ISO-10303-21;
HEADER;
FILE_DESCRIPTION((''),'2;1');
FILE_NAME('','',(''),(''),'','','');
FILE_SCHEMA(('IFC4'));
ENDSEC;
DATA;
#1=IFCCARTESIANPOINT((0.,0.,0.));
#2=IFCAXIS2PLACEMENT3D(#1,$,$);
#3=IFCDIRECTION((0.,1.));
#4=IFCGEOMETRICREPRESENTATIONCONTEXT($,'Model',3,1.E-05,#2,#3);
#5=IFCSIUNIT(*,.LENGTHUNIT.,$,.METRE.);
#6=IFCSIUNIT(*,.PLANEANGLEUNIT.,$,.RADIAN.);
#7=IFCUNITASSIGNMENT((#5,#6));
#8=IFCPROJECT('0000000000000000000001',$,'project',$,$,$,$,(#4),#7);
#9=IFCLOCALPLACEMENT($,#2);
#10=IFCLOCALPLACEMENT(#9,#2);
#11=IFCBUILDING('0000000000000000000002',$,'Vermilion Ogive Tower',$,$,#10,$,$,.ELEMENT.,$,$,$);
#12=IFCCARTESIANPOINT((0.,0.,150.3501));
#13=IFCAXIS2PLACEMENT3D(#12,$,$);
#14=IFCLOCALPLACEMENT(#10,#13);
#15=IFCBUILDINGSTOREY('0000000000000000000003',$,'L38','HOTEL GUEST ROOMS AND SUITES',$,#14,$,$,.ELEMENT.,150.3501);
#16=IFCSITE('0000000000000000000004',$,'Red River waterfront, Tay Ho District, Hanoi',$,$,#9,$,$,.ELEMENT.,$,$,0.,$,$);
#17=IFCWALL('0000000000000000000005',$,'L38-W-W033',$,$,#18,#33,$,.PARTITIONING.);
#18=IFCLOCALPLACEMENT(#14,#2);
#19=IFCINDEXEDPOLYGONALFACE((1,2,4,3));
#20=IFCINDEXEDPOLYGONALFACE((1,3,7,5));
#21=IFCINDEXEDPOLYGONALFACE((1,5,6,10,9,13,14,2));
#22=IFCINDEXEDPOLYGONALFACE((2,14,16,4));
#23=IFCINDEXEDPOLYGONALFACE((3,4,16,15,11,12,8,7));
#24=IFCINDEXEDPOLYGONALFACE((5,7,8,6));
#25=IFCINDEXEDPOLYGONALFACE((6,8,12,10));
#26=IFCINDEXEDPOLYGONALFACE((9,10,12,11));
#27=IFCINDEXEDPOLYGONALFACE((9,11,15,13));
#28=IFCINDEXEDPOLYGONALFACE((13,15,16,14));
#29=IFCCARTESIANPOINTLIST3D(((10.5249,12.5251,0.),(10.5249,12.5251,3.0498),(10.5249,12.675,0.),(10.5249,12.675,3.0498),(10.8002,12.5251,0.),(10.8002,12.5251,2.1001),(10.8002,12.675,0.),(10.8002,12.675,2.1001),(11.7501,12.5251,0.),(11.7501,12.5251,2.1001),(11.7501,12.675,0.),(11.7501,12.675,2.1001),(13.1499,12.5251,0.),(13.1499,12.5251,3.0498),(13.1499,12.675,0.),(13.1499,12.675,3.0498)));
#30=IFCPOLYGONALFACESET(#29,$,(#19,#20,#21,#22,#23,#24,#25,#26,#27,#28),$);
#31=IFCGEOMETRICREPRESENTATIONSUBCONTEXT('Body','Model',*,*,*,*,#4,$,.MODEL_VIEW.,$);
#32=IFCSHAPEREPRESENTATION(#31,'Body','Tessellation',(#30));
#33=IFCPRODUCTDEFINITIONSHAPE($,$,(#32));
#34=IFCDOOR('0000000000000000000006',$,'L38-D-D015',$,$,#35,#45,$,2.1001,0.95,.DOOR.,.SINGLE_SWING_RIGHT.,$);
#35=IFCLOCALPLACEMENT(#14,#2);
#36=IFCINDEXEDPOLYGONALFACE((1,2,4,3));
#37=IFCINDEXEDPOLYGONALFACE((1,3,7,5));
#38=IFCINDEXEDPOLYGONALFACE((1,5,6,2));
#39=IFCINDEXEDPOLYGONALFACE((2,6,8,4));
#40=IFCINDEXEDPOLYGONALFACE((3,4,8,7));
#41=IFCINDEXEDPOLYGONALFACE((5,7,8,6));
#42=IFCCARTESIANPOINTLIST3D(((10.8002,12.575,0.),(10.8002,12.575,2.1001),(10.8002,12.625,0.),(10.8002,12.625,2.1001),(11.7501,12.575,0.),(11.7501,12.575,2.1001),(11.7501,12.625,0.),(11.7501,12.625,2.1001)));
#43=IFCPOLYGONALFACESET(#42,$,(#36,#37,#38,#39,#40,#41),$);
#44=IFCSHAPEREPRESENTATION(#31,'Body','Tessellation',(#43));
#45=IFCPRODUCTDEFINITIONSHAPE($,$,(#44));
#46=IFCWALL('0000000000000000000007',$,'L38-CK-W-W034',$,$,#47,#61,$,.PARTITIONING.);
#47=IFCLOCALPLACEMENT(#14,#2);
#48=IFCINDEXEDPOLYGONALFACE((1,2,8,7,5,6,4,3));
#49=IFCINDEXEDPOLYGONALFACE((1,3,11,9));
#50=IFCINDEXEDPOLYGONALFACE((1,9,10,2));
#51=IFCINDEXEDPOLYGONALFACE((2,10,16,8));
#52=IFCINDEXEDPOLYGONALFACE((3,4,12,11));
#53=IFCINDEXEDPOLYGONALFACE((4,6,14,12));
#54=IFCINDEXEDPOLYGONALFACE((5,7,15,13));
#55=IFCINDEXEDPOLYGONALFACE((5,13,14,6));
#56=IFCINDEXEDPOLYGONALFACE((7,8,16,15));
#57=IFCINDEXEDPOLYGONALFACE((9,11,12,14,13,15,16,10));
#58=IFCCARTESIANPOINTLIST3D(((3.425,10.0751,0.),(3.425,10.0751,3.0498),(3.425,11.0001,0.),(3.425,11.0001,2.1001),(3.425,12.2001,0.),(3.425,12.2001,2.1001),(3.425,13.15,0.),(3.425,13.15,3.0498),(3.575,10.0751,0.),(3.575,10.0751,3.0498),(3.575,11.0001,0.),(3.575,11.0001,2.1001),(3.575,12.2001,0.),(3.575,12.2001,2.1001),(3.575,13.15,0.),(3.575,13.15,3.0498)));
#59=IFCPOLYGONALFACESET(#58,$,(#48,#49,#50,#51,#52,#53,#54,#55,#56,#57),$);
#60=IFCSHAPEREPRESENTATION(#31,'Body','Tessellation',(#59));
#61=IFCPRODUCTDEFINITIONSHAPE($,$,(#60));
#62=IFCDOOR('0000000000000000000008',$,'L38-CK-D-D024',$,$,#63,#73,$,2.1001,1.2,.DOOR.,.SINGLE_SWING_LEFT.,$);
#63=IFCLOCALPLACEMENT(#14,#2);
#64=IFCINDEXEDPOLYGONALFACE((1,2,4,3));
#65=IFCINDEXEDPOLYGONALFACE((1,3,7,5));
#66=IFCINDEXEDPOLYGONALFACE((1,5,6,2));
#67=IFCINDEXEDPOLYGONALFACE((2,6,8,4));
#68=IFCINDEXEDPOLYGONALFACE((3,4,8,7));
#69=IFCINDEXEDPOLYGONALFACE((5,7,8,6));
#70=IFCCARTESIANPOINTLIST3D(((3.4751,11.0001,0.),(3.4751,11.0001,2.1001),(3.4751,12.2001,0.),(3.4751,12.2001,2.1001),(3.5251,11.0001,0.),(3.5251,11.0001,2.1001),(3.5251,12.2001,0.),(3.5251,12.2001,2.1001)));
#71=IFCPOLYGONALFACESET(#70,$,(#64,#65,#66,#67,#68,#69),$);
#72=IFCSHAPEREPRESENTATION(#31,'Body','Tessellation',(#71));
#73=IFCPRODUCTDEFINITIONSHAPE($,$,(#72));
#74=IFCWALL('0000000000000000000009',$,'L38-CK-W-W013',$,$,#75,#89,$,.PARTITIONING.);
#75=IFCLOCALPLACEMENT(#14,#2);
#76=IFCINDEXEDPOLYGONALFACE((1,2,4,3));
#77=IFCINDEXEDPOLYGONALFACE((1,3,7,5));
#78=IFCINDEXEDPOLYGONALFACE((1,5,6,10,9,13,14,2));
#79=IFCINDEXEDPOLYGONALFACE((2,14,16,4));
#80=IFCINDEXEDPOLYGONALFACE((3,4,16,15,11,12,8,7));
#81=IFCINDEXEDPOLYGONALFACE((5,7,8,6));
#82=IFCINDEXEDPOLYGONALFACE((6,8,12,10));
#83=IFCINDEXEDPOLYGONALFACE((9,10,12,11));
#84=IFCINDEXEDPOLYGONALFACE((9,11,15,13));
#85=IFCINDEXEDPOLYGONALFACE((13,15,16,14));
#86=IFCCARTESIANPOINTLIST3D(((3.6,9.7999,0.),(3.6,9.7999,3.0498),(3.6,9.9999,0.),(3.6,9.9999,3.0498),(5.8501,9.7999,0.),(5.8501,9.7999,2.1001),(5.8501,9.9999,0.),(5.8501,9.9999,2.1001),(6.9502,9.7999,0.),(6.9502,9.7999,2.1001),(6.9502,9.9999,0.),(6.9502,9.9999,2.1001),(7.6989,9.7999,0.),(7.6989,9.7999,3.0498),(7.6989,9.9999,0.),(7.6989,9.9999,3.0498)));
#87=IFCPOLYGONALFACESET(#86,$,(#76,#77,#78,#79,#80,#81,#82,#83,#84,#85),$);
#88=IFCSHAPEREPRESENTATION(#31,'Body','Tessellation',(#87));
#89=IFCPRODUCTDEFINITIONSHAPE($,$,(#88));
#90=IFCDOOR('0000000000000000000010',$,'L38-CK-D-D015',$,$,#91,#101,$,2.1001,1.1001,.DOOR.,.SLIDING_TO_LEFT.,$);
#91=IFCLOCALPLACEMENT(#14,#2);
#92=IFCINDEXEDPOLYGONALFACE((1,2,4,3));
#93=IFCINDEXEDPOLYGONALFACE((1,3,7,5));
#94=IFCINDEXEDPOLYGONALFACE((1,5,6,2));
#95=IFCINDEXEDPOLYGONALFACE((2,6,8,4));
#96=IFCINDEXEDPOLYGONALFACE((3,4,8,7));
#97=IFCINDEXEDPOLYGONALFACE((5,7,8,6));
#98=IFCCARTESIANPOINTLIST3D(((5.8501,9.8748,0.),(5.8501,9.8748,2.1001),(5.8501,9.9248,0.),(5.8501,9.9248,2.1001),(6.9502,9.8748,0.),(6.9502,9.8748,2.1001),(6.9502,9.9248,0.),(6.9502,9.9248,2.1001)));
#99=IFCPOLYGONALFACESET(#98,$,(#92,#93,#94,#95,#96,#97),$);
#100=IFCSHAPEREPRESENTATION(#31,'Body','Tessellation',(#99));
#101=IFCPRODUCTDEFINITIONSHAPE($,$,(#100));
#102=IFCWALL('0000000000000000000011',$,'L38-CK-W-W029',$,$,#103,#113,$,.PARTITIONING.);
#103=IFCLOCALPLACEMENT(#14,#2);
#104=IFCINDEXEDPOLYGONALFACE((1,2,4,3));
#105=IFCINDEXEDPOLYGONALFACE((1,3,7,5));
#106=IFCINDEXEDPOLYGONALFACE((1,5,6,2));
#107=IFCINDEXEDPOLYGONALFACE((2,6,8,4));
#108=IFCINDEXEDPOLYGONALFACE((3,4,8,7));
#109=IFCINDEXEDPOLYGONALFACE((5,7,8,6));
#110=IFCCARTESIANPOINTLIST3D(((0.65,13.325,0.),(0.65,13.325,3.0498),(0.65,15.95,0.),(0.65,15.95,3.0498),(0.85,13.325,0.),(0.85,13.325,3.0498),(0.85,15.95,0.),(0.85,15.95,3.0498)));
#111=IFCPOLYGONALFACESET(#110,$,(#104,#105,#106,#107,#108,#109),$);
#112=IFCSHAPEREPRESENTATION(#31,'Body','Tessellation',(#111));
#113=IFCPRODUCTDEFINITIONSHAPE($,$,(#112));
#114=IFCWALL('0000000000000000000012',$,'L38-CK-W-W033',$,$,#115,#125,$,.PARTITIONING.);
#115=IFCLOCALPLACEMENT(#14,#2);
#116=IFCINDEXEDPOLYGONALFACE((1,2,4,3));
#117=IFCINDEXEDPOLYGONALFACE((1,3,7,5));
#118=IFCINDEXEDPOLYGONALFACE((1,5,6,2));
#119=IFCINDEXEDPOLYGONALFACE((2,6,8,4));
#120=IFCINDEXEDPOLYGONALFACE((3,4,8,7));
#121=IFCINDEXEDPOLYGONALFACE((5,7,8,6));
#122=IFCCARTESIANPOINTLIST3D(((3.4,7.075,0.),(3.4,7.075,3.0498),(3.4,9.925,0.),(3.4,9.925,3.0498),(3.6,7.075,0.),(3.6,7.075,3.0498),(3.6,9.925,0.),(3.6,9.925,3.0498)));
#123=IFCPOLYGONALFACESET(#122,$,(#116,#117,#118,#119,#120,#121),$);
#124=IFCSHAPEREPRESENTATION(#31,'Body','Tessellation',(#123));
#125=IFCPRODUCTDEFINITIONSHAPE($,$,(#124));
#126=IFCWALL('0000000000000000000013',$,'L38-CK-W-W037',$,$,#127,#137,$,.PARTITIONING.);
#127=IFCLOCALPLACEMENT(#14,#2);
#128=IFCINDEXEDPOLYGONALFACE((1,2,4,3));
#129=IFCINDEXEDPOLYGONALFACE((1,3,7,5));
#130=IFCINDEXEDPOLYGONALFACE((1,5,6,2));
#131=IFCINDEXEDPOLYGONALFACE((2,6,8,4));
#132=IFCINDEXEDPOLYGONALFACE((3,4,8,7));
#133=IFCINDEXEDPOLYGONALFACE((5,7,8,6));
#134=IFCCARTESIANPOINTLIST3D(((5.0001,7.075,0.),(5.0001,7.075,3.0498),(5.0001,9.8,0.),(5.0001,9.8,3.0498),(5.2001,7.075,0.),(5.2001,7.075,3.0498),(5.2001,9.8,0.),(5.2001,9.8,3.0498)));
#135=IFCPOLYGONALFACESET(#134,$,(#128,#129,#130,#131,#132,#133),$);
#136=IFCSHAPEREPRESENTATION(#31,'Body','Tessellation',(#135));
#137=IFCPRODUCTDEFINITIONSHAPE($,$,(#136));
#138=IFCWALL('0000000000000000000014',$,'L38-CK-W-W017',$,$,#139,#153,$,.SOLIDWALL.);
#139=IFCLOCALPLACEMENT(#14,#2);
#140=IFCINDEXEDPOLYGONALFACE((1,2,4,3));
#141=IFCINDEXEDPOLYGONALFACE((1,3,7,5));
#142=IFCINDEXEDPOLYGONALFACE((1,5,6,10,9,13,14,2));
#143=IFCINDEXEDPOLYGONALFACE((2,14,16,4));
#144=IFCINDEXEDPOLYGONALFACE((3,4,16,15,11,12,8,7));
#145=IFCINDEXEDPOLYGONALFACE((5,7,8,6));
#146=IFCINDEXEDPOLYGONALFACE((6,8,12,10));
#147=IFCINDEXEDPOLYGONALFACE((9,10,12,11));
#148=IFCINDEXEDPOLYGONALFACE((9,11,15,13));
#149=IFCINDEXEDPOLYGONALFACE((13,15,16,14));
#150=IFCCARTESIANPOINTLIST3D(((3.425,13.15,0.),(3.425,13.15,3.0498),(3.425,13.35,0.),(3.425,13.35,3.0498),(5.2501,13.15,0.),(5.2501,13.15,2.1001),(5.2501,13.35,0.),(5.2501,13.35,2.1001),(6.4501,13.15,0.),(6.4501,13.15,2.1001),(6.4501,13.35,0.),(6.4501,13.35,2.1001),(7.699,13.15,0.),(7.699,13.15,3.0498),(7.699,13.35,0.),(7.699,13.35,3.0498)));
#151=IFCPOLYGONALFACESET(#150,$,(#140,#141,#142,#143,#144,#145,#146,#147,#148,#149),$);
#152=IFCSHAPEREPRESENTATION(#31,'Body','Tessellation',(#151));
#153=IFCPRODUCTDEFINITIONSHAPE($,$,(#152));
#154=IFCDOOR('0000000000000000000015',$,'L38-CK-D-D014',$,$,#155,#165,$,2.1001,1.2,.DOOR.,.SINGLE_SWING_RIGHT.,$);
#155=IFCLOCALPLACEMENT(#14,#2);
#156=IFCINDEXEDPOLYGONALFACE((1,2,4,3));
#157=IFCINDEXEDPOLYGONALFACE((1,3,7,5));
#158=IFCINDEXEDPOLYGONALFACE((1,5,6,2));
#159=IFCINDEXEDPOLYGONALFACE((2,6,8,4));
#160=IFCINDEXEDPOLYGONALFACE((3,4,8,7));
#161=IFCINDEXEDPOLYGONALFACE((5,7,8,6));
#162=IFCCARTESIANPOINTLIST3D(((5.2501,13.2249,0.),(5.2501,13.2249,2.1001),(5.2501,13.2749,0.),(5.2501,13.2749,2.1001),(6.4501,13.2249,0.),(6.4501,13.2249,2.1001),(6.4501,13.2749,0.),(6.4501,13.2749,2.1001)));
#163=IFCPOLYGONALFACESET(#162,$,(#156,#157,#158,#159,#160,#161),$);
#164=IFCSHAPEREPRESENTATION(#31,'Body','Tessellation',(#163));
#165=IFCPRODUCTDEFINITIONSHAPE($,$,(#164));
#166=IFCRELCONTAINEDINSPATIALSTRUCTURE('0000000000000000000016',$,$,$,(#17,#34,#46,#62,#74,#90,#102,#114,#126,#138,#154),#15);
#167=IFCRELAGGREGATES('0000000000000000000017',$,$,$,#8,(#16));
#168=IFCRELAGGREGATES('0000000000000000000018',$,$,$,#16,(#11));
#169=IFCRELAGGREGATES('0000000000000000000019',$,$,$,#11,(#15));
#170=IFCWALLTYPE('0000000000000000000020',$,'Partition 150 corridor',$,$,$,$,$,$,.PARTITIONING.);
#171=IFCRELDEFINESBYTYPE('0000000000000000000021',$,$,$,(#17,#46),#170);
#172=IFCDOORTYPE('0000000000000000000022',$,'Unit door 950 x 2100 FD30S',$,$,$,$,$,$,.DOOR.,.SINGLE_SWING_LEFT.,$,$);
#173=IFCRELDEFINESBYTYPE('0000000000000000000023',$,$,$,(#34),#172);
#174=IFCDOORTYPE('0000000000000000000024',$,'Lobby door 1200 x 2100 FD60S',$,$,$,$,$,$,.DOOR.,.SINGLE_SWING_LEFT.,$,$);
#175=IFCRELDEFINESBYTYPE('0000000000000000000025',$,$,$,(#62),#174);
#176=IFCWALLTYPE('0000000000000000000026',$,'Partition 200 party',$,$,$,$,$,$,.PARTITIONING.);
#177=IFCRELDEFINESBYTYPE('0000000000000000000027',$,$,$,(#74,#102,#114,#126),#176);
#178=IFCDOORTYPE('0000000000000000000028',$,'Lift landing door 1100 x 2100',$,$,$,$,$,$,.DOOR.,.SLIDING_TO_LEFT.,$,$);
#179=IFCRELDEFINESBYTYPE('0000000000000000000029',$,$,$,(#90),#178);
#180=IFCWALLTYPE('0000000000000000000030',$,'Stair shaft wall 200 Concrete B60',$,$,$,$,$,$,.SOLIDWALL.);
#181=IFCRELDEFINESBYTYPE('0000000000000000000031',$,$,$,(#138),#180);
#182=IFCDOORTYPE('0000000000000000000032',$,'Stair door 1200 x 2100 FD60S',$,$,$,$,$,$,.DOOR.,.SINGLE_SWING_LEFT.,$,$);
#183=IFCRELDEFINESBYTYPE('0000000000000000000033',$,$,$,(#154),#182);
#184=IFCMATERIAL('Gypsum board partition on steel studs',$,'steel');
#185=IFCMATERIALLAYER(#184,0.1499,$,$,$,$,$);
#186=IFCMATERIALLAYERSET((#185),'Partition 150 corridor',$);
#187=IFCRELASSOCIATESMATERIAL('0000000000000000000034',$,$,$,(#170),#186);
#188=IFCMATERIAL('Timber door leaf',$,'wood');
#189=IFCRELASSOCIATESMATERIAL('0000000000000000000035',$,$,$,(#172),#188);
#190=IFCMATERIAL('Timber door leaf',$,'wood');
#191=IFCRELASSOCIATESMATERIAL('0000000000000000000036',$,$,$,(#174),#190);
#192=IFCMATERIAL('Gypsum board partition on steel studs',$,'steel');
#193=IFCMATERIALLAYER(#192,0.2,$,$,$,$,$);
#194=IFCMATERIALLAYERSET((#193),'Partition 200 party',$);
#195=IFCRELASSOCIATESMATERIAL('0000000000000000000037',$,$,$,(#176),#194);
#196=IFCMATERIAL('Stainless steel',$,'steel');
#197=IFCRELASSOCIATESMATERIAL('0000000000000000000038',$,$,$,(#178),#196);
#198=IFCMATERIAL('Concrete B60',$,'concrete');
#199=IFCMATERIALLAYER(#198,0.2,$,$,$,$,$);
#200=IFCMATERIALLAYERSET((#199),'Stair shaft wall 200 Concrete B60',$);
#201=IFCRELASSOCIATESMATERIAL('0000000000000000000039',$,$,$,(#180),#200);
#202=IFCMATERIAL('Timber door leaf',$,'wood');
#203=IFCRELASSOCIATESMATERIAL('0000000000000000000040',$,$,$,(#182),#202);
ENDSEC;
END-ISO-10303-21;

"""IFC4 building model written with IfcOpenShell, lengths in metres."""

from ifc_helpers import new_model, si_unit, direction, frame, frame_2d, origin, place, context, subcontext, project, spatial, rectangle, extrude, material, layer, layer_set, type_object, element, fill, save


model = new_model("IFC4")

# Units and contexts
model_context = context("Model", 3, precision=1e-05, world=origin(), true_north=direction((0.0, 1.0)))
body_context = subcontext(model_context, "Body", "Model", "MODEL_VIEW")
ifc_project = project(units=[si_unit("LENGTHUNIT", "METRE"), si_unit("PLANEANGLEUNIT", "RADIAN")], contexts=[model_context])

# Site, building, storey
site_placement = place(None, origin())
site = spatial("IfcSite", under=ifc_project, at=site_placement, Name="Red River waterfront, Tay Ho District, Hanoi", CompositionType="ELEMENT", RefElevation=0.0)
building_placement = place(site_placement, origin())
building = spatial("IfcBuilding", under=site, at=building_placement, Name="Vermilion Ogive Tower", CompositionType="ELEMENT")
storey_placement = place(building_placement, frame((0.0, 0.0, 150.3501)))
storey = spatial("IfcBuildingStorey", under=building, at=storey_placement, Name="L38", Description="HOTEL GUEST ROOMS AND SUITES", CompositionType="ELEMENT", Elevation=150.3501)

# Walls, openings, doors
ifc_material_1 = material(Name="Gypsum board partition on steel studs", Category="steel")
ifc_layer_1 = layer(ifc_material_1, 0.1499)
ifc_layer_set_1 = layer_set([ifc_layer_1], Name="Partition 150 corridor")
wall_type_1 = type_object("IfcWallType", Name="Partition 150 corridor", PredefinedType="PARTITIONING", material=ifc_layer_set_1)
wall_1_placement = place(storey_placement, frame((10.5249, 12.6001, 0.0), z_axis=(0.0, 0.0, 1.0), x_axis=(1.0, 0.0, 0.0)))
wall_1 = element("IfcWall", 1, at=wall_1_placement, inside=storey, type_object=wall_type_1, Name="L38-W-W033", PredefinedType="PARTITIONING", context=body_context, shape_type="SweptSolid", body=[
    extrude(rectangle(XDim=2.625, YDim=0.1499, at=frame_2d((1.3125, 0.0))), origin(), (0.0, 0.0, 1.0), 3.0498),
])
opening_1_placement = place(wall_1_placement, frame((0.2751, 0.0, 0.0)))
opening_1 = element("IfcOpeningElement", 2, at=opening_1_placement, cuts=wall_1, PredefinedType="OPENING", context=body_context, shape_type="SweptSolid", body=[
    extrude(rectangle(XDim=0.95, YDim=2.1001, at=frame_2d((0.4751, 1.05))), frame((0.0, 0.085, 0.0), z_axis=(0.0, -1.0, 0.0), x_axis=(1.0, 0.0, 0.0)), (0.0, 0.0, 1.0), 0.1699),
])
ifc_material_2 = material(Name="Timber door leaf", Category="wood")
door_type_1 = type_object("IfcDoorType", Name="Unit door 950 x 2100 FD30S", OperationType="SINGLE_SWING_LEFT", PredefinedType="DOOR", material=ifc_material_2)
door_1_placement = place(opening_1_placement, origin())
door_1 = element("IfcDoor", 3, at=door_1_placement, inside=storey, type_object=door_type_1, Name="L38-D-D015", OperationType="SINGLE_SWING_RIGHT", OverallHeight=2.1001, OverallWidth=0.95, PredefinedType="DOOR", context=body_context, shape_type="SweptSolid", body=[
    extrude(rectangle(XDim=0.95, YDim=2.1001, at=frame_2d((0.4751, 1.05))), frame((0.0, 0.0249, 0.0), z_axis=(0.0, -1.0, 0.0), x_axis=(1.0, 0.0, 0.0)), (0.0, 0.0, 1.0), 0.05),
])
fill(opening_1, door_1)
wall_2_placement = place(storey_placement, frame((3.5, 10.075, 0.0), z_axis=(0.0, 0.0, 1.0), x_axis=(0.0, 1.0, 0.0)))
wall_2 = element("IfcWall", 4, at=wall_2_placement, inside=storey, type_object=wall_type_1, Name="L38-CK-W-W034", PredefinedType="PARTITIONING", context=body_context, shape_type="SweptSolid", body=[
    extrude(rectangle(XDim=3.075, YDim=0.1499, at=frame_2d((1.5376, 0.0))), origin(), (0.0, 0.0, 1.0), 3.0498),
])
opening_2_placement = place(wall_2_placement, frame((0.925, 0.0, 0.0)))
opening_2 = element("IfcOpeningElement", 5, at=opening_2_placement, cuts=wall_2, PredefinedType="OPENING", context=body_context, shape_type="SweptSolid", body=[
    extrude(rectangle(XDim=1.2, YDim=2.1001, at=frame_2d((0.6001, 1.05))), frame((0.0, 0.085, 0.0), z_axis=(0.0, -1.0, 0.0), x_axis=(1.0, 0.0, 0.0)), (0.0, 0.0, 1.0), 0.1699),
])
ifc_material_3 = material(Name="Timber door leaf", Category="wood")
door_type_2 = type_object("IfcDoorType", Name="Lobby door 1200 x 2100 FD60S", OperationType="SINGLE_SWING_LEFT", PredefinedType="DOOR", material=ifc_material_3)
door_2_placement = place(opening_2_placement, origin())
door_2 = element("IfcDoor", 6, at=door_2_placement, inside=storey, type_object=door_type_2, Name="L38-CK-D-D024", OperationType="SINGLE_SWING_LEFT", OverallHeight=2.1001, OverallWidth=1.2, PredefinedType="DOOR", context=body_context, shape_type="SweptSolid", body=[
    extrude(rectangle(XDim=1.2, YDim=2.1001, at=frame_2d((0.6001, 1.05))), frame((0.0, 0.0249, 0.0), z_axis=(0.0, -1.0, 0.0), x_axis=(1.0, 0.0, 0.0)), (0.0, 0.0, 1.0), 0.05),
])
fill(opening_2, door_2)
ifc_material_4 = material(Name="Gypsum board partition on steel studs", Category="steel")
ifc_layer_2 = layer(ifc_material_4, 0.2)
ifc_layer_set_2 = layer_set([ifc_layer_2], Name="Partition 200 party")
wall_type_2 = type_object("IfcWallType", Name="Partition 200 party", PredefinedType="PARTITIONING", material=ifc_layer_set_2)
wall_3_placement = place(storey_placement, frame((3.6001, 9.8999, 0.0), z_axis=(0.0, 0.0, 1.0), x_axis=(1.0, 0.0, 0.0)))
wall_3 = element("IfcWall", 7, at=wall_3_placement, inside=storey, type_object=wall_type_2, Name="L38-CK-W-W013", PredefinedType="PARTITIONING", context=body_context, shape_type="SweptSolid", body=[
    extrude(rectangle(XDim=4.0989, YDim=0.2, at=frame_2d((2.0493, 0.0))), origin(), (0.0, 0.0, 1.0), 3.0498),
])
opening_3_placement = place(wall_3_placement, frame((2.25, 0.0, 0.0)))
opening_3 = element("IfcOpeningElement", 8, at=opening_3_placement, cuts=wall_3, PredefinedType="OPENING", context=body_context, shape_type="SweptSolid", body=[
    extrude(rectangle(XDim=1.1001, YDim=2.1001, at=frame_2d((0.55, 1.05))), frame((0.0, 0.1099, 0.0), z_axis=(0.0, -1.0, 0.0), x_axis=(1.0, 0.0, 0.0)), (0.0, 0.0, 1.0), 0.22),
])
ifc_material_5 = material(Name="Stainless steel", Category="steel")
door_type_3 = type_object("IfcDoorType", Name="Lift landing door 1100 x 2100", OperationType="SLIDING_TO_LEFT", PredefinedType="DOOR", material=ifc_material_5)
door_3_placement = place(opening_3_placement, origin())
door_3 = element("IfcDoor", 9, at=door_3_placement, inside=storey, type_object=door_type_3, Name="L38-CK-D-D015", OperationType="SLIDING_TO_LEFT", OverallHeight=2.1001, OverallWidth=1.1001, PredefinedType="DOOR", context=body_context, shape_type="SweptSolid", body=[
    extrude(rectangle(XDim=1.1001, YDim=2.1001, at=frame_2d((0.55, 1.05))), frame((0.0, 0.0249, 0.0), z_axis=(0.0, -1.0, 0.0), x_axis=(1.0, 0.0, 0.0)), (0.0, 0.0, 1.0), 0.05),
])
fill(opening_3, door_3)

# Walls
wall_4_placement = place(storey_placement, frame((0.75, 13.325, 0.0), z_axis=(0.0, 0.0, 1.0), x_axis=(0.0, 1.0, 0.0)))
element("IfcWall", 10, at=wall_4_placement, inside=storey, type_object=wall_type_2, Name="L38-CK-W-W029", PredefinedType="PARTITIONING", context=body_context, shape_type="SweptSolid", body=[
    extrude(rectangle(XDim=2.625, YDim=0.2, at=frame_2d((1.3125, 0.0))), origin(), (0.0, 0.0, 1.0), 3.0498),
])
wall_5_placement = place(storey_placement, frame((3.5, 7.075, 0.0), z_axis=(0.0, 0.0, 1.0), x_axis=(0.0, 1.0, 0.0)))
element("IfcWall", 11, at=wall_5_placement, inside=storey, type_object=wall_type_2, Name="L38-CK-W-W033", PredefinedType="PARTITIONING", context=body_context, shape_type="SweptSolid", body=[
    extrude(rectangle(XDim=2.8501, YDim=0.2, at=frame_2d((1.425, 0.0))), origin(), (0.0, 0.0, 1.0), 3.0498),
])
wall_6_placement = place(storey_placement, frame((5.1001, 7.075, 0.0), z_axis=(0.0, 0.0, 1.0), x_axis=(0.0, 1.0, 0.0)))
element("IfcWall", 12, at=wall_6_placement, inside=storey, type_object=wall_type_2, Name="L38-CK-W-W037", PredefinedType="PARTITIONING", context=body_context, shape_type="SweptSolid", body=[
    extrude(rectangle(XDim=2.7251, YDim=0.2, at=frame_2d((1.3625, 0.0))), origin(), (0.0, 0.0, 1.0), 3.0498),
])

# Wall, opening, door
ifc_material_6 = material(Name="Concrete B60", Category="concrete")
ifc_layer_3 = layer(ifc_material_6, 0.2)
ifc_layer_set_3 = layer_set([ifc_layer_3], Name="Stair shaft wall 200 Concrete B60")
wall_type_3 = type_object("IfcWallType", Name="Stair shaft wall 200 Concrete B60", PredefinedType="SOLIDWALL", material=ifc_layer_set_3)
wall_7_placement = place(storey_placement, frame((3.425, 13.25, 0.0), z_axis=(0.0, 0.0, 1.0), x_axis=(1.0, 0.0, 0.0)))
wall_7 = element("IfcWall", 13, at=wall_7_placement, inside=storey, type_object=wall_type_3, Name="L38-CK-W-W017", PredefinedType="SOLIDWALL", context=body_context, shape_type="SweptSolid", body=[
    extrude(rectangle(XDim=4.2739, YDim=0.2, at=frame_2d((2.137, 0.0))), origin(), (0.0, 0.0, 1.0), 3.0498),
])
opening_4_placement = place(wall_7_placement, frame((1.825, 0.0, 0.0)))
opening_4 = element("IfcOpeningElement", 14, at=opening_4_placement, cuts=wall_7, PredefinedType="OPENING", context=body_context, shape_type="SweptSolid", body=[
    extrude(rectangle(XDim=1.2, YDim=2.1001, at=frame_2d((0.6001, 1.05))), frame((0.0, 0.1099, 0.0), z_axis=(0.0, -1.0, 0.0), x_axis=(1.0, 0.0, 0.0)), (0.0, 0.0, 1.0), 0.22),
])
ifc_material_7 = material(Name="Timber door leaf", Category="wood")
door_type_4 = type_object("IfcDoorType", Name="Stair door 1200 x 2100 FD60S", OperationType="SINGLE_SWING_LEFT", PredefinedType="DOOR", material=ifc_material_7)
door_4_placement = place(opening_4_placement, origin())
door_4 = element("IfcDoor", 15, at=door_4_placement, inside=storey, type_object=door_type_4, Name="L38-CK-D-D014", OperationType="SINGLE_SWING_RIGHT", OverallHeight=2.1001, OverallWidth=1.2, PredefinedType="DOOR", context=body_context, shape_type="SweptSolid", body=[
    extrude(rectangle(XDim=1.2, YDim=2.1001, at=frame_2d((0.6001, 1.05))), frame((0.0, 0.0249, 0.0), z_axis=(0.0, -1.0, 0.0), x_axis=(1.0, 0.0, 0.0)), (0.0, 0.0, 1.0), 0.05),
])
fill(opening_4, door_4)

save(model, "model.ifc")
